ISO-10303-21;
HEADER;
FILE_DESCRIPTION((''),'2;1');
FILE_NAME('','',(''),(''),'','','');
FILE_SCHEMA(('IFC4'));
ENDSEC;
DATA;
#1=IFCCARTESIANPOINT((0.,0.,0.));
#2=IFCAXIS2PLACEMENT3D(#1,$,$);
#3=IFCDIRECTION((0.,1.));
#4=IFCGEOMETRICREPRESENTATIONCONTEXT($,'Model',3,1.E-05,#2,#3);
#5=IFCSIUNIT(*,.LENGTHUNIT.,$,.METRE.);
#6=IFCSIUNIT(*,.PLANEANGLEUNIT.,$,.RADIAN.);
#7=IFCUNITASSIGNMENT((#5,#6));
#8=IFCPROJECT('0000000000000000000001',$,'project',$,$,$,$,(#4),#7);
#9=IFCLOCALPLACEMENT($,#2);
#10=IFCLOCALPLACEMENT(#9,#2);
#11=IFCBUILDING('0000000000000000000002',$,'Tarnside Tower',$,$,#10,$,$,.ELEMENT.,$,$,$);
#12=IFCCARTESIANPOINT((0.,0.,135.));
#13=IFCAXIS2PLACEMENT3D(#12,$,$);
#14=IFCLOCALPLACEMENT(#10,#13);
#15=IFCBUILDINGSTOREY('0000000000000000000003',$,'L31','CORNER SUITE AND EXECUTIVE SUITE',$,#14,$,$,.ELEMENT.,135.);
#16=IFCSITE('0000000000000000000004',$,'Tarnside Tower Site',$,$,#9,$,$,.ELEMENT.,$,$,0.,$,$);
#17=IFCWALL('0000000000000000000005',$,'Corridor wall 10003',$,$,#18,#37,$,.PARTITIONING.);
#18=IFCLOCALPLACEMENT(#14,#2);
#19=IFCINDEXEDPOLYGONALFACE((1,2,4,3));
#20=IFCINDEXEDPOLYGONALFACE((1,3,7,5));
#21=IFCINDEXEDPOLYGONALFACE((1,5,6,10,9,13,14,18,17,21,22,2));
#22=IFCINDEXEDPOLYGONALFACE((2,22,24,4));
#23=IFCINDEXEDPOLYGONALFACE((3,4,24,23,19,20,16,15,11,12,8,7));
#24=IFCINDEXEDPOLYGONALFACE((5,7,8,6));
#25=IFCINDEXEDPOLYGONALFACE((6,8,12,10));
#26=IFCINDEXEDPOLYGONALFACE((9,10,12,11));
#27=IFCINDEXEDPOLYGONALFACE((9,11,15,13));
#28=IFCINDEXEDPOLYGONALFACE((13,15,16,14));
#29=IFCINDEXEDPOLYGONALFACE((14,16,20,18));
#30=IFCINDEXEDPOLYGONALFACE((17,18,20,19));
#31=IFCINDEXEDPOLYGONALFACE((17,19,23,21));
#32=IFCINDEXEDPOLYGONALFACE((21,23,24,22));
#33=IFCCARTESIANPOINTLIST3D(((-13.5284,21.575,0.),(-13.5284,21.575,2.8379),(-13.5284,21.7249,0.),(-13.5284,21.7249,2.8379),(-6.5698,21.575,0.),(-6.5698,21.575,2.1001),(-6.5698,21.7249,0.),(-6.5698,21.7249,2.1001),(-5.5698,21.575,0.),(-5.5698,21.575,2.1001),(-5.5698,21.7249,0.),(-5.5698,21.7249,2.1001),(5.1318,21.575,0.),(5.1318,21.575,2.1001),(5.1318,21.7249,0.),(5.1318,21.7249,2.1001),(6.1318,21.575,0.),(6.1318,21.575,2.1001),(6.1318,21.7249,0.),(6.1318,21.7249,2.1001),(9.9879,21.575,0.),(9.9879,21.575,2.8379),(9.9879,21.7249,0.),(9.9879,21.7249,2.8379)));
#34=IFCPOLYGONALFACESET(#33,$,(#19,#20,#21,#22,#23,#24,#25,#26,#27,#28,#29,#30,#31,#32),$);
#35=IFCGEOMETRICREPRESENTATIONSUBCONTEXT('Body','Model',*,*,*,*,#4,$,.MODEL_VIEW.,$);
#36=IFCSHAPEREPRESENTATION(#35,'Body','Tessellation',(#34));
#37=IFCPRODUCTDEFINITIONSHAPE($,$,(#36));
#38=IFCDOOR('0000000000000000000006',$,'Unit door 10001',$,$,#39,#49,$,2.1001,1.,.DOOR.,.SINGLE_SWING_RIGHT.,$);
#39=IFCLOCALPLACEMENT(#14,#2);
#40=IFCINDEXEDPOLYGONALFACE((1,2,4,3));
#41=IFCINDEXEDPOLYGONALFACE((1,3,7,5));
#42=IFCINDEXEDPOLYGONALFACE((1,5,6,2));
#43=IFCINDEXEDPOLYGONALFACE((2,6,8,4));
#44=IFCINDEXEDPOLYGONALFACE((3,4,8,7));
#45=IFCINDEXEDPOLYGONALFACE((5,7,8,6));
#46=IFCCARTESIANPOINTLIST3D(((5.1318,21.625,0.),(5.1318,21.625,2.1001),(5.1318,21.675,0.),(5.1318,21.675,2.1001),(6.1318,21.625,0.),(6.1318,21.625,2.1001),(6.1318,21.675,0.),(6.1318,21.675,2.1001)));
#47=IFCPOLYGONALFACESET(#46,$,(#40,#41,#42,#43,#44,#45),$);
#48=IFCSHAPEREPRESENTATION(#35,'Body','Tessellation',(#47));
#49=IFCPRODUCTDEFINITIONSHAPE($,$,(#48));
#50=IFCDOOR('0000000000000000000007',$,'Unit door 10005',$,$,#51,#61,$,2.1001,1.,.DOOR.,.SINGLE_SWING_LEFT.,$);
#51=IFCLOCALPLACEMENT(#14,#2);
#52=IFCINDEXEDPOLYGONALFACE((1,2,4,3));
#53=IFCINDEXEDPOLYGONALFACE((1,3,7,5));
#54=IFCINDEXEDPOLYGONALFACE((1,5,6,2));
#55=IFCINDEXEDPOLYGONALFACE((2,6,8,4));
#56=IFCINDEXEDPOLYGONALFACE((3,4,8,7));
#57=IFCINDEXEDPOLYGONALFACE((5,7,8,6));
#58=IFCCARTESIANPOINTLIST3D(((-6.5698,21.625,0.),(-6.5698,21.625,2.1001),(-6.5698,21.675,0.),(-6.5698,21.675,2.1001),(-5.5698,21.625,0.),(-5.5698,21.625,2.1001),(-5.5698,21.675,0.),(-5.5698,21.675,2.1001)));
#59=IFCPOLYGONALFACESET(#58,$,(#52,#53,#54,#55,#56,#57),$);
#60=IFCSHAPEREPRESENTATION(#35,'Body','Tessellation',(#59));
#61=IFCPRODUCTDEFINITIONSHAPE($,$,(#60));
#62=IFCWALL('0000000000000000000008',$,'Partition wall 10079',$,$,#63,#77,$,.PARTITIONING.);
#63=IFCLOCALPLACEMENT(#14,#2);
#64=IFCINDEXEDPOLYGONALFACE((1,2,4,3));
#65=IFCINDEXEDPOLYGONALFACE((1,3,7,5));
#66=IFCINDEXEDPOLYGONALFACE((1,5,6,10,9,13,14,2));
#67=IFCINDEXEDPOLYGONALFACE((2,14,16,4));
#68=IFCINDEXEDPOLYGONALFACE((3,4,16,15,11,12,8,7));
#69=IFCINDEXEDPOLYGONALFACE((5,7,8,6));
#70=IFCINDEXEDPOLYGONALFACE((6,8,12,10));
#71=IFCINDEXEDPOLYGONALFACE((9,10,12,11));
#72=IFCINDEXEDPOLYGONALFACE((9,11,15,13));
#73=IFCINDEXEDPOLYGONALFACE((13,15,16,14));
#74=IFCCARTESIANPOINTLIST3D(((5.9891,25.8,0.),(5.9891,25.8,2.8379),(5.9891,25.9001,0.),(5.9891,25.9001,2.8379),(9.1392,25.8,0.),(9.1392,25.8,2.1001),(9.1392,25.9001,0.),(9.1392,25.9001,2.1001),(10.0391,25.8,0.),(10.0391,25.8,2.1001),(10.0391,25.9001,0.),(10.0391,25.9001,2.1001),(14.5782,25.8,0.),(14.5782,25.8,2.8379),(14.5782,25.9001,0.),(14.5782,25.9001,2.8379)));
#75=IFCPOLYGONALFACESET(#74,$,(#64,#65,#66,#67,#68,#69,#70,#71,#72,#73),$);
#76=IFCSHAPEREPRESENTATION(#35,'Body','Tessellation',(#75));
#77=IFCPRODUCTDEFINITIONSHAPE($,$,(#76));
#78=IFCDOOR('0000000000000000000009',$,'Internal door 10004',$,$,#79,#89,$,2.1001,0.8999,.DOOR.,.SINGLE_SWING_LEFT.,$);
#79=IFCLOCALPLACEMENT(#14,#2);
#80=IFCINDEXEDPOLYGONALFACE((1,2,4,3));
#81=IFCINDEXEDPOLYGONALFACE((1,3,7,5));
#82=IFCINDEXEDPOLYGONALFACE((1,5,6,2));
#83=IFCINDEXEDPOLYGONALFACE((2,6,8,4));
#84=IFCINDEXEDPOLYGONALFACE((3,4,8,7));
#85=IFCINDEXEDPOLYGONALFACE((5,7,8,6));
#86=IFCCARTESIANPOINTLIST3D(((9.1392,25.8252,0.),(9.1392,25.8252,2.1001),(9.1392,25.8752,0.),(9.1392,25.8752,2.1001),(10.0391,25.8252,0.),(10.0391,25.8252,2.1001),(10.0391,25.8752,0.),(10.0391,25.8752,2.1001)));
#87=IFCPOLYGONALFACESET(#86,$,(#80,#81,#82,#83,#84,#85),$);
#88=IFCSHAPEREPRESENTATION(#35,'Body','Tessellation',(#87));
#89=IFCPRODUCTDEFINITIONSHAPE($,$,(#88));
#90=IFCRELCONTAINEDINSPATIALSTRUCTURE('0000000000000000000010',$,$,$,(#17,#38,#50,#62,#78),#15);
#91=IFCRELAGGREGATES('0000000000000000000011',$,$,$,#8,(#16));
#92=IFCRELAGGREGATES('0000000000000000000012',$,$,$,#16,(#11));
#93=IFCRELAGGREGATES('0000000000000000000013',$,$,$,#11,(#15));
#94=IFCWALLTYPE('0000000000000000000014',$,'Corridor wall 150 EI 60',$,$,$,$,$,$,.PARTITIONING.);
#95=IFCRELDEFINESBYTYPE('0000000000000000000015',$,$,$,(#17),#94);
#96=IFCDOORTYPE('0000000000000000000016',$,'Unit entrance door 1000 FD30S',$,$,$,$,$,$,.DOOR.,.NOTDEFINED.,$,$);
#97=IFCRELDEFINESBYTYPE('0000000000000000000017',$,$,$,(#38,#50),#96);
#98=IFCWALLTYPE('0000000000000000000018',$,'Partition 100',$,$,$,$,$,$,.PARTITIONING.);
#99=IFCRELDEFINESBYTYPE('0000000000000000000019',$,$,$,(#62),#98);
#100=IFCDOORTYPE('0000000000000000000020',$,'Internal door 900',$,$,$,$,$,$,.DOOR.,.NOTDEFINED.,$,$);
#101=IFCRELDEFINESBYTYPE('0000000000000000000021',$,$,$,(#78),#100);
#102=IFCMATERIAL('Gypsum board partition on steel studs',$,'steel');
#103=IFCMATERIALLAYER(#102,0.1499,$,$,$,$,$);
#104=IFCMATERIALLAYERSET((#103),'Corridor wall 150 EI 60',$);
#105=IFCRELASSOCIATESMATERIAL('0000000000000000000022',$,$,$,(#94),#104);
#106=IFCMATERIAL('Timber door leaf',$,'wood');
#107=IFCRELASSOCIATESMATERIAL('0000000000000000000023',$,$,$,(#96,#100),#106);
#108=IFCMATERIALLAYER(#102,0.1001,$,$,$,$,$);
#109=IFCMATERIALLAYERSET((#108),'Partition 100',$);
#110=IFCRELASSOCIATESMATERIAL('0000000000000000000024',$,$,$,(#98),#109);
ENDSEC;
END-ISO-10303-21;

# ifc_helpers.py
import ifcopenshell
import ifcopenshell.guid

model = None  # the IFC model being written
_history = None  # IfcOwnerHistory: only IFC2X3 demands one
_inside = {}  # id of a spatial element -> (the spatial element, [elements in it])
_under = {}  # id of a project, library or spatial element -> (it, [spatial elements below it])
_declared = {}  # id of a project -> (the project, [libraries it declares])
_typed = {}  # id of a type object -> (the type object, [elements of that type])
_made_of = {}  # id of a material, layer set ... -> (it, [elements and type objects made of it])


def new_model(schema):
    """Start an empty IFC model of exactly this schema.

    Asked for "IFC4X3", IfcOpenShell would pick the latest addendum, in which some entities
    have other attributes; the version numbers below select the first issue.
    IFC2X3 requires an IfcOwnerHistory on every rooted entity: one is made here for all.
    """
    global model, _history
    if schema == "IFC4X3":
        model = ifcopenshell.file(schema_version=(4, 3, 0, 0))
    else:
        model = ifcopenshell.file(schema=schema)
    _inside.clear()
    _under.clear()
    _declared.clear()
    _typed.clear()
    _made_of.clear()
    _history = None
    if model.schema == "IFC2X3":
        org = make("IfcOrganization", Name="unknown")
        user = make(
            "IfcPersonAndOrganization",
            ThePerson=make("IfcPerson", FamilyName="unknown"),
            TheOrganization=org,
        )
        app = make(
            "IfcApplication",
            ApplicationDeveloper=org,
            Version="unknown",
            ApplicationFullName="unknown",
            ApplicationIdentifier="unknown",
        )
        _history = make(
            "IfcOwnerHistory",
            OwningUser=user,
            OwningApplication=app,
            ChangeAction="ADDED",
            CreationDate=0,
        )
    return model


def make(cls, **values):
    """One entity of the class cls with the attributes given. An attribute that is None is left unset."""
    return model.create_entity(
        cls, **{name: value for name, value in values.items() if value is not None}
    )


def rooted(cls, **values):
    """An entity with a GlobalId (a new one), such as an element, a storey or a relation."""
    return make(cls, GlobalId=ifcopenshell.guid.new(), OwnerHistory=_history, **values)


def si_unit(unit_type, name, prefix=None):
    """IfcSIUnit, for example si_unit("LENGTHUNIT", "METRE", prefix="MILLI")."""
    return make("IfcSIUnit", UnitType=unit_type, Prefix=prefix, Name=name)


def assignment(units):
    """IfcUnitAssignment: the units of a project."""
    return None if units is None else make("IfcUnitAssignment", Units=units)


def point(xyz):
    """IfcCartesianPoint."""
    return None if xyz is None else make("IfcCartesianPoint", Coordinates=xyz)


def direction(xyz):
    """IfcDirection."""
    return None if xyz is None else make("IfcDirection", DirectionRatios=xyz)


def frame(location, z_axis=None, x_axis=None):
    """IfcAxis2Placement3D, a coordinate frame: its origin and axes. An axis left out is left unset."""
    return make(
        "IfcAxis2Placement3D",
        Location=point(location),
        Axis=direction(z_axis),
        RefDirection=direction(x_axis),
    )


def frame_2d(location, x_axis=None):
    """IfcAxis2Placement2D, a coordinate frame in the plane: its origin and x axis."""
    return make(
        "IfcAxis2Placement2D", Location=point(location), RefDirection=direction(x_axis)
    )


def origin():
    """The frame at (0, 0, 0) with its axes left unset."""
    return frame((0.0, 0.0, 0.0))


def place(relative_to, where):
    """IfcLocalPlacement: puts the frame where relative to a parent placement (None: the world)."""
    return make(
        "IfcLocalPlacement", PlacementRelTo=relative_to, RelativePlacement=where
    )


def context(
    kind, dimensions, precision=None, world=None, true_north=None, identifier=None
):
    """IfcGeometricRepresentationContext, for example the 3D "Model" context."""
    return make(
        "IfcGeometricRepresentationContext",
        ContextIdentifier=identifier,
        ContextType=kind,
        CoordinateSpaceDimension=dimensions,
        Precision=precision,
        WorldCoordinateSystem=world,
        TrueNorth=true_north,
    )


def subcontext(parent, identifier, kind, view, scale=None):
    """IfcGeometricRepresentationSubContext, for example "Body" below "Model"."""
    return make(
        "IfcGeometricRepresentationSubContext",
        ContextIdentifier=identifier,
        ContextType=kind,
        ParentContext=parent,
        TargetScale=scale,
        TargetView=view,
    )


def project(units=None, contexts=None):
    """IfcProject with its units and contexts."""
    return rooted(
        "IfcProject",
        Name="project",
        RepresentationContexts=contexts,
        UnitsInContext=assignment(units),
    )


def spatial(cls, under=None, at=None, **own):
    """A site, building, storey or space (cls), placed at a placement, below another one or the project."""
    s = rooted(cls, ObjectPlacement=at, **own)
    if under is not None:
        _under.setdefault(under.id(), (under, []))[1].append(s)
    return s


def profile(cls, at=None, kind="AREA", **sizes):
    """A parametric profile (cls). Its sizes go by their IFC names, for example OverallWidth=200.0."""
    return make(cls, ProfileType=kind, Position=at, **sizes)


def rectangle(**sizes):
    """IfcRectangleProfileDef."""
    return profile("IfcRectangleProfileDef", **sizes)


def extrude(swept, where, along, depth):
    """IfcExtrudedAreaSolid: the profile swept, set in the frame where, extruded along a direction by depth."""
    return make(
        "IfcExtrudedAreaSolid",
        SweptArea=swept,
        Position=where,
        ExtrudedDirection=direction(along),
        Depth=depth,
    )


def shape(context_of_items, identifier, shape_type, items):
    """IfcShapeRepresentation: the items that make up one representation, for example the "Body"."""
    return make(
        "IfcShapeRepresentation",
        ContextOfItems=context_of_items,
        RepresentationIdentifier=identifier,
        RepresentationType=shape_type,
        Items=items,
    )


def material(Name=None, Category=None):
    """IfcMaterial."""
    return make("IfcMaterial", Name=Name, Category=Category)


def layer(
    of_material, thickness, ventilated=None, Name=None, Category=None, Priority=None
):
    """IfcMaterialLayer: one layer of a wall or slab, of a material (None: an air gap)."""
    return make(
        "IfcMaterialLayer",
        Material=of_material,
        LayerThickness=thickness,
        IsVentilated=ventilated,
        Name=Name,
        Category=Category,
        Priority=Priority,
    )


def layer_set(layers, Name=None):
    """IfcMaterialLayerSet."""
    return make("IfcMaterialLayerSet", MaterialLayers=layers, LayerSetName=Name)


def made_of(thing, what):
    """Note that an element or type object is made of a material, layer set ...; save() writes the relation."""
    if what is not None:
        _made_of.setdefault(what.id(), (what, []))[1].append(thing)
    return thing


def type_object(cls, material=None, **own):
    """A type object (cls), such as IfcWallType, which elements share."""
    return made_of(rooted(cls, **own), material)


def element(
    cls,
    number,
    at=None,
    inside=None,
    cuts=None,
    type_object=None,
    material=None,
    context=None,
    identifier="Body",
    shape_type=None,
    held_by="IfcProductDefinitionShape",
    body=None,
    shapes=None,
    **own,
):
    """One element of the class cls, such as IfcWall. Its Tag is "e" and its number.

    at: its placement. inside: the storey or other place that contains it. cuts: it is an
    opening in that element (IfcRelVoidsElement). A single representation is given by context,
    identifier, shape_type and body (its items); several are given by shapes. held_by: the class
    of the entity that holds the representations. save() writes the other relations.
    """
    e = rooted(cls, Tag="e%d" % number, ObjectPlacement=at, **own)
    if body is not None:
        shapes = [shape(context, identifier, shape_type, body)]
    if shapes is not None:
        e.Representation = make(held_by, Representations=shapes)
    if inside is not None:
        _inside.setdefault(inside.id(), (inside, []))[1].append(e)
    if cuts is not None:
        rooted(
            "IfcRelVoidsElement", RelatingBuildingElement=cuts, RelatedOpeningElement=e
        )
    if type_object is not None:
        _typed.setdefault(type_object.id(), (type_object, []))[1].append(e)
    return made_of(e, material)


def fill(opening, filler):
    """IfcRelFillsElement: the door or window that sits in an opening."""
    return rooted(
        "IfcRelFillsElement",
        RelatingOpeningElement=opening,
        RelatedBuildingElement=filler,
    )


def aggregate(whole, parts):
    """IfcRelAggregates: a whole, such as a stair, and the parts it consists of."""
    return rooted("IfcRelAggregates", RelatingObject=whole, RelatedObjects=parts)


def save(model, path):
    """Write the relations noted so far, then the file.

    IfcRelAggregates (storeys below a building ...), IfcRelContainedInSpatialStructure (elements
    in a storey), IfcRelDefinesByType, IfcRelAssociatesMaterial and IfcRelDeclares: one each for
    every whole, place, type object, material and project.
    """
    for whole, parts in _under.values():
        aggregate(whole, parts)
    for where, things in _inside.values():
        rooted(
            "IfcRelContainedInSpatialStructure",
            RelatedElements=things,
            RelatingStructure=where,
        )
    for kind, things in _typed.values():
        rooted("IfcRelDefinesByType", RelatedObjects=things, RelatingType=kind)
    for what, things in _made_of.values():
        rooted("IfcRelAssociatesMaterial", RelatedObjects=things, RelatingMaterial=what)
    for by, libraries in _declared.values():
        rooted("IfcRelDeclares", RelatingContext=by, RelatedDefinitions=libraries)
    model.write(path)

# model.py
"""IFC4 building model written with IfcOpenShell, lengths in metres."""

from ifc_helpers import new_model, si_unit, direction, frame, frame_2d, origin, place, context, subcontext, project, spatial, rectangle, extrude, material, layer, layer_set, type_object, element, fill, save


model = new_model("IFC4")

# Units and contexts
model_context = context("Model", 3, precision=1e-05, world=origin(), true_north=direction((0.0, 1.0)))
body_context = subcontext(model_context, "Body", "Model", "MODEL_VIEW")
ifc_project = project(units=[si_unit("LENGTHUNIT", "METRE"), si_unit("PLANEANGLEUNIT", "RADIAN")], contexts=[model_context])

# Site, building, storey
site_placement = place(None, origin())
site = spatial("IfcSite", under=ifc_project, at=site_placement, Name="Tarnside Tower Site", CompositionType="ELEMENT", RefElevation=0.0)
building_placement = place(site_placement, origin())
building = spatial("IfcBuilding", under=site, at=building_placement, Name="Tarnside Tower", CompositionType="ELEMENT")
storey_placement = place(building_placement, frame((0.0, 0.0, 135.0)))
storey = spatial("IfcBuildingStorey", under=building, at=storey_placement, Name="L31", Description="CORNER SUITE AND EXECUTIVE SUITE", CompositionType="ELEMENT", Elevation=135.0)

# Shared definitions
ifc_material_1 = material(Name="Gypsum board partition on steel studs", Category="steel")
ifc_material_2 = material(Name="Timber door leaf", Category="wood")

# Shared definitions
ifc_layer_1 = layer(ifc_material_1, 0.1499)
ifc_layer_set_1 = layer_set([ifc_layer_1], Name="Corridor wall 150 EI 60")
wall_type_1 = type_object("IfcWallType", Name="Corridor wall 150 EI 60", PredefinedType="PARTITIONING", material=ifc_layer_set_1)

# Wall, openings, doors
wall_1_placement = place(storey_placement, frame((9.988, 21.6499, 0.0), z_axis=(0.0, 0.0, 1.0), x_axis=(-1.0, 0.0, 0.0)))
wall_1 = element("IfcWall", 1, at=wall_1_placement, inside=storey, type_object=wall_type_1, Name="Corridor wall 10003", PredefinedType="PARTITIONING", context=body_context, shape_type="SweptSolid", body=[
    extrude(rectangle(XDim=23.5164, YDim=0.1499, at=frame_2d((11.7583, 0.0))), origin(), (0.0, 0.0, 1.0), 2.8379),
])
opening_1_placement = place(wall_1_placement, frame((3.8562, 0.0, 0.0)))
opening_1 = element("IfcOpeningElement", 2, at=opening_1_placement, cuts=wall_1, PredefinedType="OPENING", context=body_context, shape_type="SweptSolid", body=[
    extrude(rectangle(XDim=1.0, YDim=2.1001, at=frame_2d((0.5, 1.05))), frame((0.0, 0.085, 0.0), z_axis=(0.0, -1.0, 0.0), x_axis=(1.0, 0.0, 0.0)), (0.0, 0.0, 1.0), 0.1699),
])
opening_2_placement = place(wall_1_placement, frame((15.5579, 0.0, 0.0)))
opening_2 = element("IfcOpeningElement", 3, at=opening_2_placement, cuts=wall_1, PredefinedType="OPENING", context=body_context, shape_type="SweptSolid", body=[
    extrude(rectangle(XDim=1.0, YDim=2.1001, at=frame_2d((0.5, 1.05))), frame((0.0, 0.085, 0.0), z_axis=(0.0, -1.0, 0.0), x_axis=(1.0, 0.0, 0.0)), (0.0, 0.0, 1.0), 0.1699),
])
door_type_1 = type_object("IfcDoorType", Name="Unit entrance door 1000 FD30S", OperationType="NOTDEFINED", PredefinedType="DOOR", material=ifc_material_2)
door_1_placement = place(opening_1_placement, origin())
door_1 = element("IfcDoor", 4, at=door_1_placement, inside=storey, type_object=door_type_1, Name="Unit door 10001", OperationType="SINGLE_SWING_RIGHT", OverallHeight=2.1001, OverallWidth=1.0, PredefinedType="DOOR", context=body_context, shape_type="SweptSolid", body=[
    extrude(rectangle(XDim=1.0, YDim=2.1001, at=frame_2d((0.5, 1.05))), frame((0.0, 0.0249, 0.0), z_axis=(0.0, -1.0, 0.0), x_axis=(1.0, 0.0, 0.0)), (0.0, 0.0, 1.0), 0.05),
])
fill(opening_1, door_1)
door_2_placement = place(opening_2_placement, origin())
door_2 = element("IfcDoor", 5, at=door_2_placement, inside=storey, type_object=door_type_1, Name="Unit door 10005", OperationType="SINGLE_SWING_LEFT", OverallHeight=2.1001, OverallWidth=1.0, PredefinedType="DOOR", context=body_context, shape_type="SweptSolid", body=[
    extrude(rectangle(XDim=1.0, YDim=2.1001, at=frame_2d((0.5, 1.05))), frame((0.0, 0.0249, 0.0), z_axis=(0.0, -1.0, 0.0), x_axis=(1.0, 0.0, 0.0)), (0.0, 0.0, 1.0), 0.05),
])
fill(opening_2, door_2)

# Wall, opening, door
ifc_layer_2 = layer(ifc_material_1, 0.1001)
ifc_layer_set_2 = layer_set([ifc_layer_2], Name="Partition 100")
wall_type_2 = type_object("IfcWallType", Name="Partition 100", PredefinedType="PARTITIONING", material=ifc_layer_set_2)
wall_2_placement = place(storey_placement, frame((14.5781, 25.8501, 0.0), z_axis=(0.0, 0.0, 1.0), x_axis=(-1.0, 0.0, 0.0)))
wall_2 = element("IfcWall", 6, at=wall_2_placement, inside=storey, type_object=wall_type_2, Name="Partition wall 10079", PredefinedType="PARTITIONING", context=body_context, shape_type="SweptSolid", body=[
    extrude(rectangle(XDim=8.5891, YDim=0.1001, at=frame_2d((4.2944, 0.0))), origin(), (0.0, 0.0, 1.0), 2.8379),
])
opening_3_placement = place(wall_2_placement, frame((4.5391, 0.0, 0.0)))
opening_3 = element("IfcOpeningElement", 7, at=opening_3_placement, cuts=wall_2, PredefinedType="OPENING", context=body_context, shape_type="SweptSolid", body=[
    extrude(rectangle(XDim=0.8999, YDim=2.1001, at=frame_2d((0.45, 1.05))), frame((0.0, 0.0601, 0.0), z_axis=(0.0, -1.0, 0.0), x_axis=(1.0, 0.0, 0.0)), (0.0, 0.0, 1.0), 0.1201),
])
door_type_2 = type_object("IfcDoorType", Name="Internal door 900", OperationType="NOTDEFINED", PredefinedType="DOOR", material=ifc_material_2)
door_3_placement = place(opening_3_placement, origin())
door_3 = element("IfcDoor", 8, at=door_3_placement, inside=storey, type_object=door_type_2, Name="Internal door 10004", OperationType="SINGLE_SWING_LEFT", OverallHeight=2.1001, OverallWidth=0.8999, PredefinedType="DOOR", context=body_context, shape_type="SweptSolid", body=[
    extrude(rectangle(XDim=0.8999, YDim=2.1001, at=frame_2d((0.45, 1.05))), frame((0.0, 0.0249, 0.0), z_axis=(0.0, -1.0, 0.0), x_axis=(1.0, 0.0, 0.0)), (0.0, 0.0, 1.0), 0.05),
])
fill(opening_3, door_3)

save(model, "model.ifc")
